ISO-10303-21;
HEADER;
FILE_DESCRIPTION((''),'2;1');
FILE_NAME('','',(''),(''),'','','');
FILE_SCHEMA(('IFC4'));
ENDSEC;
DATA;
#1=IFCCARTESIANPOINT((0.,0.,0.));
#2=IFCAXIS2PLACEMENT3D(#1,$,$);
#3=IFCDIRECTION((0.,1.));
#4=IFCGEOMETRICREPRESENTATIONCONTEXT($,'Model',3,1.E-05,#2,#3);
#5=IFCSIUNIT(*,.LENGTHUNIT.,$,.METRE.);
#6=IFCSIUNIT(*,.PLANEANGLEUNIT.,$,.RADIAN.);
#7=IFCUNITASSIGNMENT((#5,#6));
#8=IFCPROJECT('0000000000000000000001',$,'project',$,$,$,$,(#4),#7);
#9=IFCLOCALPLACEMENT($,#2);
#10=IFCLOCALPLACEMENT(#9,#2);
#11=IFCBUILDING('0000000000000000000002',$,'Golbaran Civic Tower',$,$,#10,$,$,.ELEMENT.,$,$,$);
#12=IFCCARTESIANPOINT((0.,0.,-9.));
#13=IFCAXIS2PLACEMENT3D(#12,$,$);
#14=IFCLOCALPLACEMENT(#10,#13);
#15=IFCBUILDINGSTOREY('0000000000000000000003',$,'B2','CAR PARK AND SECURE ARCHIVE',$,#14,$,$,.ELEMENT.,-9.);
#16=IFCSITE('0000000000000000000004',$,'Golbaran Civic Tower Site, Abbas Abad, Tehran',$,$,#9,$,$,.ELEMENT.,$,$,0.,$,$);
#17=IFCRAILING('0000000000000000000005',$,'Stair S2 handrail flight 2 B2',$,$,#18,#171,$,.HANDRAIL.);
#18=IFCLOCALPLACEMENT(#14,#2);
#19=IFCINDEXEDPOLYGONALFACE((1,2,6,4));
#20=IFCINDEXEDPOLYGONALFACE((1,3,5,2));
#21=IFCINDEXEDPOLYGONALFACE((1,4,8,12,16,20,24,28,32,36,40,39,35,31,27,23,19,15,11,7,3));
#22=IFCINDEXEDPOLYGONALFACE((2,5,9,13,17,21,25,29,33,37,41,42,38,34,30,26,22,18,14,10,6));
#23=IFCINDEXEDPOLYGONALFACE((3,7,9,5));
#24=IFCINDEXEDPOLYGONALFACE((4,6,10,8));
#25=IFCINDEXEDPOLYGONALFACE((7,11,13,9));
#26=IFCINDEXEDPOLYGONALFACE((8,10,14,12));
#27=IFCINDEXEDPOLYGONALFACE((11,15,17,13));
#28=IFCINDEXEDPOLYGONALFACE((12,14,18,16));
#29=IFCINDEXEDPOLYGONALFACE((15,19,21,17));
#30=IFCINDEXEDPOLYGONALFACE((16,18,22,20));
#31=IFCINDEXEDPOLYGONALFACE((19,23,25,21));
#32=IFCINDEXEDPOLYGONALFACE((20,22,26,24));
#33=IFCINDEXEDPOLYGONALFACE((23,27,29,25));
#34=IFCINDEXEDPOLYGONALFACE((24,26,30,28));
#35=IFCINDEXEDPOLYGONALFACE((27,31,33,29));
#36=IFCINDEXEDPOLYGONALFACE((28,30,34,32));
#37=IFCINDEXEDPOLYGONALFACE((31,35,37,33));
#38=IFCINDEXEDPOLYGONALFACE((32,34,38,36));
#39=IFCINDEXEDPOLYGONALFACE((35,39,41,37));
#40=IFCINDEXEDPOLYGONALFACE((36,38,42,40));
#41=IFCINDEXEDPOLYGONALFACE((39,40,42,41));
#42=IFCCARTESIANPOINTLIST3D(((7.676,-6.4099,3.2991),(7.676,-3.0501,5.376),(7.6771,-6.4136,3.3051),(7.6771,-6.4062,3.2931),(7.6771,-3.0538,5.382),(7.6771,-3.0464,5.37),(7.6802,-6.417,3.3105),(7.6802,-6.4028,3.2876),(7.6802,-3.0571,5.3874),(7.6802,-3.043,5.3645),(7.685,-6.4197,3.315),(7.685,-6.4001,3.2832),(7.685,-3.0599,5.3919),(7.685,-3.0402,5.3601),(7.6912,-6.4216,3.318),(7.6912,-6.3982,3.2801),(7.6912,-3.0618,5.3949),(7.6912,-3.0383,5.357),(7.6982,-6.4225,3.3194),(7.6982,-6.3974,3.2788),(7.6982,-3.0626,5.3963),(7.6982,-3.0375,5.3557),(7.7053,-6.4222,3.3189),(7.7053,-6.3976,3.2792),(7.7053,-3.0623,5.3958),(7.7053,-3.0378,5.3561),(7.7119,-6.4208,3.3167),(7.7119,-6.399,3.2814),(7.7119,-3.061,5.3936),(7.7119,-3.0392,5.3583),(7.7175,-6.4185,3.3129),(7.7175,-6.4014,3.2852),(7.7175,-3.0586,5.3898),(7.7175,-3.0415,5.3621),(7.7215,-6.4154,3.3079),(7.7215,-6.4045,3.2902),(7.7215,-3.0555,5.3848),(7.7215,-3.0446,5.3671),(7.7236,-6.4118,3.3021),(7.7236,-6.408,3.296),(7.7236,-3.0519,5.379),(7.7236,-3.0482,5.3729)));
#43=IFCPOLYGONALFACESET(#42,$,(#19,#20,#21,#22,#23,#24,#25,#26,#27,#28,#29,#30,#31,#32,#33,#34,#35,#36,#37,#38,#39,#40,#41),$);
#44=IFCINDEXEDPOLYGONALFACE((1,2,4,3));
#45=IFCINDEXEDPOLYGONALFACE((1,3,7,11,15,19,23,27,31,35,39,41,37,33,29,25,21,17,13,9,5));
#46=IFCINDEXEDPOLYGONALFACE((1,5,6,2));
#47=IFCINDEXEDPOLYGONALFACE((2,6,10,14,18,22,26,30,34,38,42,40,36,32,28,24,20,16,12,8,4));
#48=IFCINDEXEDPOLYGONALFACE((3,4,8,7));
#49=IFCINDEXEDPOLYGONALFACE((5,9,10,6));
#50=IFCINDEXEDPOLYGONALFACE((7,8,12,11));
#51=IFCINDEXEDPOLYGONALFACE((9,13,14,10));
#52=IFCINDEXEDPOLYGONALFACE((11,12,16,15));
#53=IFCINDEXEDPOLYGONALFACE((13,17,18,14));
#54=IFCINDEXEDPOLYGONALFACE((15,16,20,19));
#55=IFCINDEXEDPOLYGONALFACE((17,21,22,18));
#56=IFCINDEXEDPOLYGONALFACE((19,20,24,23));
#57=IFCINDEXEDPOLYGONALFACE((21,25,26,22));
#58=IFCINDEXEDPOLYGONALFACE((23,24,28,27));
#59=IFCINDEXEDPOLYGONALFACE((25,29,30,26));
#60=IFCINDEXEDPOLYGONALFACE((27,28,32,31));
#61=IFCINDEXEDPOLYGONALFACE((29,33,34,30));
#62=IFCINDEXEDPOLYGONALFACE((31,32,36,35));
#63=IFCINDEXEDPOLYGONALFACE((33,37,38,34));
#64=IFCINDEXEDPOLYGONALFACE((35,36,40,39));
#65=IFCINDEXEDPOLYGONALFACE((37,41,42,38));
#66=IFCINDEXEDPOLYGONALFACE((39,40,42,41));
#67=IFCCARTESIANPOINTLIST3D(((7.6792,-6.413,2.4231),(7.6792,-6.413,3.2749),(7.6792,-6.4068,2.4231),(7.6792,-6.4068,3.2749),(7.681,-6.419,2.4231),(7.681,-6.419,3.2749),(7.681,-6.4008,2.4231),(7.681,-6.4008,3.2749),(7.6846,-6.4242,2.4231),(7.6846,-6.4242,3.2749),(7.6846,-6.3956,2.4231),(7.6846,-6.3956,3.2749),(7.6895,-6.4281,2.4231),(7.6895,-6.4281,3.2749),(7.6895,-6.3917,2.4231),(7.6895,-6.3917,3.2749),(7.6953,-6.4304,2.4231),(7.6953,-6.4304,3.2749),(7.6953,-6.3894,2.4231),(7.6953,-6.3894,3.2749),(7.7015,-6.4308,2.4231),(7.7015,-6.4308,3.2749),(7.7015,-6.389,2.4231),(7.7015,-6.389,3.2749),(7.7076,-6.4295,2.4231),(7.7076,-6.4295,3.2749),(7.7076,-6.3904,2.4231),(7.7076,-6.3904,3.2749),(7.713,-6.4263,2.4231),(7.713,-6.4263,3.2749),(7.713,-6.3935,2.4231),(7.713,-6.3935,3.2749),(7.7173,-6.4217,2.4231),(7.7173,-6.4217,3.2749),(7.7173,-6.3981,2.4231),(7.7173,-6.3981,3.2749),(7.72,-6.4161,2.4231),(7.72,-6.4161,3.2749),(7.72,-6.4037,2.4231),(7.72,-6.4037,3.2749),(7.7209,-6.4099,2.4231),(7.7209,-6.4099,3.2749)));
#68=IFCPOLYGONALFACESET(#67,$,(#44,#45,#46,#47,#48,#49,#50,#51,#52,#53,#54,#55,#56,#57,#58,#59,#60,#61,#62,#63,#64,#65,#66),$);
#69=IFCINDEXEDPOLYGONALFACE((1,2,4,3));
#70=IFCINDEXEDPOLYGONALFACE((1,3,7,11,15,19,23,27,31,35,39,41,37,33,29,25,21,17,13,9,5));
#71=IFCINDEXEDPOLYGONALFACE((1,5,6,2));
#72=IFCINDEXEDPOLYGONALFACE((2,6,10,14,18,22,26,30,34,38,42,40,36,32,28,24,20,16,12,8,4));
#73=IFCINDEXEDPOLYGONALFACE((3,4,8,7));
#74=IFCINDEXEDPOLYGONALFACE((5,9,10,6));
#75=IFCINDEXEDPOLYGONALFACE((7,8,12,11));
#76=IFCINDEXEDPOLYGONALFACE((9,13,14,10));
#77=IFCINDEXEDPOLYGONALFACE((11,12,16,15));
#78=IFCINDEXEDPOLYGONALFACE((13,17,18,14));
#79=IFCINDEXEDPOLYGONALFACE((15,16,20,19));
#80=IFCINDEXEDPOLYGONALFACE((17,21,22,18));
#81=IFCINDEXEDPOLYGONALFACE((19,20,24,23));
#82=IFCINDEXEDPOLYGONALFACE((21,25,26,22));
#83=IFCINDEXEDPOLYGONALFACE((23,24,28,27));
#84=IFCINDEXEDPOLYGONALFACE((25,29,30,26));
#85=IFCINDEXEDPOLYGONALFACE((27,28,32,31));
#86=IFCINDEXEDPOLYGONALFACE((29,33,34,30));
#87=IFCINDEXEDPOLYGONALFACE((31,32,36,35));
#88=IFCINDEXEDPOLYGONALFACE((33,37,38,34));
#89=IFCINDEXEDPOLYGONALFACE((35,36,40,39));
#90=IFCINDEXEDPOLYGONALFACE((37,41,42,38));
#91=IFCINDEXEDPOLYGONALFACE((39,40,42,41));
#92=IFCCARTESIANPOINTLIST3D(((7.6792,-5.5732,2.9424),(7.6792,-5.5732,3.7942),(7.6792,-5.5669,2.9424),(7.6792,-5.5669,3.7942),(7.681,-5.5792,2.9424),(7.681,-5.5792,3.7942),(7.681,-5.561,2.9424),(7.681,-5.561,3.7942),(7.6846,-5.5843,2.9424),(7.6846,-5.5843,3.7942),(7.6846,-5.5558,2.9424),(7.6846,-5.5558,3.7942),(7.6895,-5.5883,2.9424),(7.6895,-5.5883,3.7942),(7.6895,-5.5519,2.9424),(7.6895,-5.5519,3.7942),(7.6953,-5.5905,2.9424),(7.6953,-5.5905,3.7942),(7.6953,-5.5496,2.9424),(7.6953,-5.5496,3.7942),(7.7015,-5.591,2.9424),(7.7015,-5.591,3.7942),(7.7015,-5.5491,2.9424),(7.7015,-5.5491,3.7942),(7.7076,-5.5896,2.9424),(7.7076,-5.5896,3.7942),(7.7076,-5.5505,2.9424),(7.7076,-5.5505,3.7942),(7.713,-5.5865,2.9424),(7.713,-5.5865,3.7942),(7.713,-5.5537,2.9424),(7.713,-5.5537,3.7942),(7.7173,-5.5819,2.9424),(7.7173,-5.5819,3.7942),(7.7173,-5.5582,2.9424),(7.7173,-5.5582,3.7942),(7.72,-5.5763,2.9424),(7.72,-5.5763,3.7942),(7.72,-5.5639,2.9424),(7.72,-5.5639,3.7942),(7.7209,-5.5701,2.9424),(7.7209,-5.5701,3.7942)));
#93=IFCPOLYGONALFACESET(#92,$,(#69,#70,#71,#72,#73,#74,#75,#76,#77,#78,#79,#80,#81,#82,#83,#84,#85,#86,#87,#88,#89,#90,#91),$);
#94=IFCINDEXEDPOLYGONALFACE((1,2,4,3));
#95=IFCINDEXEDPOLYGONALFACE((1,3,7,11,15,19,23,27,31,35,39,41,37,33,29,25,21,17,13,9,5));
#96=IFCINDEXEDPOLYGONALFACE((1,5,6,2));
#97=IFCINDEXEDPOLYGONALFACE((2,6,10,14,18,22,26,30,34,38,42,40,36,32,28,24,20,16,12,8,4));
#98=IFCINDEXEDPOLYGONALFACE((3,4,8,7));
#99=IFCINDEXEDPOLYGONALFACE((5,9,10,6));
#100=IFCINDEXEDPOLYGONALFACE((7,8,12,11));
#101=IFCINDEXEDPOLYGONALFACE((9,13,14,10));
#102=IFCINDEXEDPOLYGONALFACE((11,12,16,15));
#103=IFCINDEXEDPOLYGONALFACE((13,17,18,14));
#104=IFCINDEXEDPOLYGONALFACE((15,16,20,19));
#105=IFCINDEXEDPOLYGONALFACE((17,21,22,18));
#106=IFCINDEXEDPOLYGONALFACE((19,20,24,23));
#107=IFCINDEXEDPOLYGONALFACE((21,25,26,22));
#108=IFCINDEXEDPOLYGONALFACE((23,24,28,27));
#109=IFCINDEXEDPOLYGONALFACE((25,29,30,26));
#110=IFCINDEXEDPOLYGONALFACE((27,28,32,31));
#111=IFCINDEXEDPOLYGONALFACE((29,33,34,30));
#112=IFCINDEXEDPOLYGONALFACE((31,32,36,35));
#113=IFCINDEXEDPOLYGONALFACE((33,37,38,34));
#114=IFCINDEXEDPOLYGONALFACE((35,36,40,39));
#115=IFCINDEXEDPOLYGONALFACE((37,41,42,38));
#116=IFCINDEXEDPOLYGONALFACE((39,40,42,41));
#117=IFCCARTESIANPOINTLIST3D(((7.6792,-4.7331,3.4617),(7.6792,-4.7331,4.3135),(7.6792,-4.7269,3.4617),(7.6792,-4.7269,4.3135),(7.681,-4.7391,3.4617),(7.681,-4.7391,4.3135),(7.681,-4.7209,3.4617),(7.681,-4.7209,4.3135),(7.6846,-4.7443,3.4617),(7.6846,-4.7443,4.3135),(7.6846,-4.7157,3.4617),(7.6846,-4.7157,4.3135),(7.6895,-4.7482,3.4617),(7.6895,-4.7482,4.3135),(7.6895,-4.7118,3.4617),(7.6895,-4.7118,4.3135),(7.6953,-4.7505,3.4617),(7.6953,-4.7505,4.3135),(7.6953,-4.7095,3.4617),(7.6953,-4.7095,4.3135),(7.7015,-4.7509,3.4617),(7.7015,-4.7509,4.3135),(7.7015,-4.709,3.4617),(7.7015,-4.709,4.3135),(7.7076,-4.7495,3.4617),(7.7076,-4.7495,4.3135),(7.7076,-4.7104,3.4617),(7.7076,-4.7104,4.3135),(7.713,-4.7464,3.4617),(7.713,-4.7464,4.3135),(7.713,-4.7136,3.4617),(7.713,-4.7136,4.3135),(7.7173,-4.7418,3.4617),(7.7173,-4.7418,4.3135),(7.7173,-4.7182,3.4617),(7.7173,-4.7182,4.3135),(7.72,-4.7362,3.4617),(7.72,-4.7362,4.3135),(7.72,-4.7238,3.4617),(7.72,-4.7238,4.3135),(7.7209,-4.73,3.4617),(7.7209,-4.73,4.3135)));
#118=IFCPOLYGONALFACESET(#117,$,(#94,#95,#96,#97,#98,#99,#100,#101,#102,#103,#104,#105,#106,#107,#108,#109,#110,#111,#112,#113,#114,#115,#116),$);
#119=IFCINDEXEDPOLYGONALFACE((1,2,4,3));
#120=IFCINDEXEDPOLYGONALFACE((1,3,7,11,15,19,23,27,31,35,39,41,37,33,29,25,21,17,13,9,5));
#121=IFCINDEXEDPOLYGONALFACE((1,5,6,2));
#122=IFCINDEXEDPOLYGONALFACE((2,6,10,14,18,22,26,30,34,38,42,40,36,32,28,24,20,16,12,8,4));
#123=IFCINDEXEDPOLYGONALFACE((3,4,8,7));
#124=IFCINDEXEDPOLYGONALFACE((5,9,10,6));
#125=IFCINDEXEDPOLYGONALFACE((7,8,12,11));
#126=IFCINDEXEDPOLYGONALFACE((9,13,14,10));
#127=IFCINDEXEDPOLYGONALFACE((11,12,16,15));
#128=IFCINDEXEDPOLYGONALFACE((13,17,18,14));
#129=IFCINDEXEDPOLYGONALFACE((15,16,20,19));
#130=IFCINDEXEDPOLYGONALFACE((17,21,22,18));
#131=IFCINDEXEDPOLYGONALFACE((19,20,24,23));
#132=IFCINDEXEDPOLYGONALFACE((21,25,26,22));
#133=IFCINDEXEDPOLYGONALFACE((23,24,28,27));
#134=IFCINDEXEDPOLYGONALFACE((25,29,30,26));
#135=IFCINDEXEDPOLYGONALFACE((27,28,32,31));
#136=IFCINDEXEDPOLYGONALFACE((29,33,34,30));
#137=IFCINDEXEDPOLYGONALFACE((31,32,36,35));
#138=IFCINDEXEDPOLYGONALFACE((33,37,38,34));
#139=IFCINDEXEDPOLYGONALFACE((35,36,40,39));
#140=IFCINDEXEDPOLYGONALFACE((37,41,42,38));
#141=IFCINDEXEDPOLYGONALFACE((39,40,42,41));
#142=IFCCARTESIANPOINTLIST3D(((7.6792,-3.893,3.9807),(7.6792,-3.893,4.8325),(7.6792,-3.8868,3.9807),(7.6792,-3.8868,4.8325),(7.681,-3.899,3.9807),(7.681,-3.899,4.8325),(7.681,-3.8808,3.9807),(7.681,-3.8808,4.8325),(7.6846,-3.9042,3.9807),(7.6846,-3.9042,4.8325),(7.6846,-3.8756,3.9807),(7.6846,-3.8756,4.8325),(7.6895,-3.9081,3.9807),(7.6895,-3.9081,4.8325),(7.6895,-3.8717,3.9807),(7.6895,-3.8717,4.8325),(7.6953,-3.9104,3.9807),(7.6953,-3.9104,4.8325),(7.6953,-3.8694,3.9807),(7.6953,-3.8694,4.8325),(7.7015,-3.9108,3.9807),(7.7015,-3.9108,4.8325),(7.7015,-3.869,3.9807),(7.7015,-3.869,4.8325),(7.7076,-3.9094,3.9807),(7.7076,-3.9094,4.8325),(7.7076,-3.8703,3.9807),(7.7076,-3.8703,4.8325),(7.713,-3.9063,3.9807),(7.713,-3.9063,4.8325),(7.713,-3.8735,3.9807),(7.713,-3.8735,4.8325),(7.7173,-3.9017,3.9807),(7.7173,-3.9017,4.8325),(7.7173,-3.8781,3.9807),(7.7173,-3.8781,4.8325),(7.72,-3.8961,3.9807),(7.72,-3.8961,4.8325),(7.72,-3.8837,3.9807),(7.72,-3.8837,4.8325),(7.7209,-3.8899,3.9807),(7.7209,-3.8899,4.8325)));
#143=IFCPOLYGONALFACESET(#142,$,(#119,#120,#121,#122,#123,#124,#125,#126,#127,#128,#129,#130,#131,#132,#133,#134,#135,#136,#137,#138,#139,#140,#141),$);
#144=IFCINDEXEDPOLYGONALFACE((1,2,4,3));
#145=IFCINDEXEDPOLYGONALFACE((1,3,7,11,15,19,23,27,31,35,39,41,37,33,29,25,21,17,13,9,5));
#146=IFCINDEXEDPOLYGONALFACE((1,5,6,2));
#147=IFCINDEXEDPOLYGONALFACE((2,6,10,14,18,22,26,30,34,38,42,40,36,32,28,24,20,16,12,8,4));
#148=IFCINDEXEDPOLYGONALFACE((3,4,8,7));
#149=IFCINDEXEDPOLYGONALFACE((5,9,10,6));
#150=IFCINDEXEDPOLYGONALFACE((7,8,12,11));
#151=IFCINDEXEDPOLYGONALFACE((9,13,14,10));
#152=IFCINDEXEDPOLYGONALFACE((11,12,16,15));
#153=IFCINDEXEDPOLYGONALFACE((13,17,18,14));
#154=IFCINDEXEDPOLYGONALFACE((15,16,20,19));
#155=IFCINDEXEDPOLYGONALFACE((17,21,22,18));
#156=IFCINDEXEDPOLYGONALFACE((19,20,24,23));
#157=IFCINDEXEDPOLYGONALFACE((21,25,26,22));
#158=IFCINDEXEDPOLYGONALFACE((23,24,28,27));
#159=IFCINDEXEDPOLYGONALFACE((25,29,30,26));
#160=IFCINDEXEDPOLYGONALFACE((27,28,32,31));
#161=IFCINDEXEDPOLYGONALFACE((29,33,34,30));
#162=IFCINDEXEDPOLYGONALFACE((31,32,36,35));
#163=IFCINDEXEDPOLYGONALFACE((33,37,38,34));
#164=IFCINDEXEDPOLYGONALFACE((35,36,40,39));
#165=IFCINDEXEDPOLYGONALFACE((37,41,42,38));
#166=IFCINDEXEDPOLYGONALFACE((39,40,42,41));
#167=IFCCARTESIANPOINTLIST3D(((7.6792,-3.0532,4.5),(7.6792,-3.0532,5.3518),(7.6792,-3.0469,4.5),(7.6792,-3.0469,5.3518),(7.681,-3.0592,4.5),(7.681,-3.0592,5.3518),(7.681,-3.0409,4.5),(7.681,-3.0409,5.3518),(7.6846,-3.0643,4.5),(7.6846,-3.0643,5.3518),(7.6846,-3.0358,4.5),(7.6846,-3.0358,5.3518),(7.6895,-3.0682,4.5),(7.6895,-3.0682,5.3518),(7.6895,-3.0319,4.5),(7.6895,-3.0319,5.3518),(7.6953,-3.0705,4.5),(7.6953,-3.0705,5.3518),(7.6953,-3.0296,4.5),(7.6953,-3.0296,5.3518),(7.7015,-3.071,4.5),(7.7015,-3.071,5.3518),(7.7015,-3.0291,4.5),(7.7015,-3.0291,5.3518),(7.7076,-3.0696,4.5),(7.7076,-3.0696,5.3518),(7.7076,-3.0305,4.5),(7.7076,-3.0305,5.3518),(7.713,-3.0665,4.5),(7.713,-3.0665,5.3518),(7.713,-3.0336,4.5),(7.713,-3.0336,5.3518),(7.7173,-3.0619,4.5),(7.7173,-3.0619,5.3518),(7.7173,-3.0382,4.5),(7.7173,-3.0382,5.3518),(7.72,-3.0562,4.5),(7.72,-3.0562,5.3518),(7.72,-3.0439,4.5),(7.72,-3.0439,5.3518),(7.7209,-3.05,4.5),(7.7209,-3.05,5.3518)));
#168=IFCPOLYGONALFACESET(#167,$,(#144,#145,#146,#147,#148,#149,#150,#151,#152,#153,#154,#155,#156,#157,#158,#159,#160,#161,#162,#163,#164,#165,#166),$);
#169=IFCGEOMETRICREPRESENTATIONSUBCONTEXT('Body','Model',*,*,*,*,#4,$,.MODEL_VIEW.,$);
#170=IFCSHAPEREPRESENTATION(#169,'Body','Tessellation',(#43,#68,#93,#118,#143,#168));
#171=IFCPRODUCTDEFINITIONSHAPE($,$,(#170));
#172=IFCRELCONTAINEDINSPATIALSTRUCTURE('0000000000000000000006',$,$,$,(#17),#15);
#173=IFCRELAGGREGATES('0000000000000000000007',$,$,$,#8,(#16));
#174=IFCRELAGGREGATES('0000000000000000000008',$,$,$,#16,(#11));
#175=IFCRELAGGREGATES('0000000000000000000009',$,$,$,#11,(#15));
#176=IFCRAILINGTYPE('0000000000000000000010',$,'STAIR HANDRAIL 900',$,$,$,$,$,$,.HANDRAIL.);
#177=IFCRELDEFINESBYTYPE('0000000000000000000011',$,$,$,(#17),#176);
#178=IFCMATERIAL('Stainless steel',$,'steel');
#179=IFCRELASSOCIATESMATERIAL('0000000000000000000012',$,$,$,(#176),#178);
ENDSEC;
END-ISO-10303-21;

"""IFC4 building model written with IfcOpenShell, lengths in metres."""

from ifc_helpers import new_model, si_unit, direction, frame, origin, origin_2d, place, context, subcontext, project, spatial, circle, extrude, material, type_object, element, save


model = new_model("IFC4")

# Units and contexts
model_context = context("Model", 3, precision=1e-05, world=origin(), true_north=direction((0.0, 1.0)))
body_context = subcontext(model_context, "Body", "Model", "MODEL_VIEW")
ifc_project = project(units=[si_unit("LENGTHUNIT", "METRE"), si_unit("PLANEANGLEUNIT", "RADIAN")], contexts=[model_context])

# Site, building, storey
site_placement = place(None, origin())
site = spatial("IfcSite", under=ifc_project, at=site_placement, Name="Golbaran Civic Tower Site, Abbas Abad, Tehran", CompositionType="ELEMENT", RefElevation=0.0)
building_placement = place(site_placement, origin())
building = spatial("IfcBuilding", under=site, at=building_placement, Name="Golbaran Civic Tower", CompositionType="ELEMENT")
storey_placement = place(building_placement, frame((0.0, 0.0, -9.0)))
storey = spatial("IfcBuildingStorey", under=building, at=storey_placement, Name="B2", Description="CAR PARK AND SECURE ARCHIVE", CompositionType="ELEMENT", Elevation=-9.0)

# Shared definitions
ifc_material_1 = material(Name="Stainless steel", Category="steel")

# Railing
railing_type = type_object("IfcRailingType", Name="STAIR HANDRAIL 900", PredefinedType="HANDRAIL", material=ifc_material_1)
railing_1_placement = place(storey_placement, frame((7.7, -6.4099, 2.4231)))
element("IfcRailing", 1, at=railing_1_placement, inside=storey, type_object=railing_type, Name="Stair S2 handrail flight 2 B2", PredefinedType="HANDRAIL", context=body_context, shape_type="SweptSolid", body=[
    extrude(circle(Radius=0.0239, at=origin_2d()), frame((0.0, 0.0, 0.876), z_axis=(0.0, 0.850606, 0.525803), x_axis=(-1.0, 0.0, 0.0)), (0.0, 0.0, 1.0), 3.95),
    extrude(circle(Radius=0.021, at=origin_2d()), origin(), (0.0, 0.0, 1.0), 0.8518),
    extrude(circle(Radius=0.021, at=origin_2d()), frame((0.0, 0.8398, 0.5193)), (0.0, 0.0, 1.0), 0.8518),
    extrude(circle(Radius=0.021, at=origin_2d()), frame((0.0, 1.6799, 1.0386)), (0.0, 0.0, 1.0), 0.8518),
    extrude(circle(Radius=0.021, at=origin_2d()), frame((0.0, 2.52, 1.5576)), (0.0, 0.0, 1.0), 0.8518),
    extrude(circle(Radius=0.021, at=origin_2d()), frame((0.0, 3.3599, 2.0769)), (0.0, 0.0, 1.0), 0.8518),
])

save(model, "model.ifc")
